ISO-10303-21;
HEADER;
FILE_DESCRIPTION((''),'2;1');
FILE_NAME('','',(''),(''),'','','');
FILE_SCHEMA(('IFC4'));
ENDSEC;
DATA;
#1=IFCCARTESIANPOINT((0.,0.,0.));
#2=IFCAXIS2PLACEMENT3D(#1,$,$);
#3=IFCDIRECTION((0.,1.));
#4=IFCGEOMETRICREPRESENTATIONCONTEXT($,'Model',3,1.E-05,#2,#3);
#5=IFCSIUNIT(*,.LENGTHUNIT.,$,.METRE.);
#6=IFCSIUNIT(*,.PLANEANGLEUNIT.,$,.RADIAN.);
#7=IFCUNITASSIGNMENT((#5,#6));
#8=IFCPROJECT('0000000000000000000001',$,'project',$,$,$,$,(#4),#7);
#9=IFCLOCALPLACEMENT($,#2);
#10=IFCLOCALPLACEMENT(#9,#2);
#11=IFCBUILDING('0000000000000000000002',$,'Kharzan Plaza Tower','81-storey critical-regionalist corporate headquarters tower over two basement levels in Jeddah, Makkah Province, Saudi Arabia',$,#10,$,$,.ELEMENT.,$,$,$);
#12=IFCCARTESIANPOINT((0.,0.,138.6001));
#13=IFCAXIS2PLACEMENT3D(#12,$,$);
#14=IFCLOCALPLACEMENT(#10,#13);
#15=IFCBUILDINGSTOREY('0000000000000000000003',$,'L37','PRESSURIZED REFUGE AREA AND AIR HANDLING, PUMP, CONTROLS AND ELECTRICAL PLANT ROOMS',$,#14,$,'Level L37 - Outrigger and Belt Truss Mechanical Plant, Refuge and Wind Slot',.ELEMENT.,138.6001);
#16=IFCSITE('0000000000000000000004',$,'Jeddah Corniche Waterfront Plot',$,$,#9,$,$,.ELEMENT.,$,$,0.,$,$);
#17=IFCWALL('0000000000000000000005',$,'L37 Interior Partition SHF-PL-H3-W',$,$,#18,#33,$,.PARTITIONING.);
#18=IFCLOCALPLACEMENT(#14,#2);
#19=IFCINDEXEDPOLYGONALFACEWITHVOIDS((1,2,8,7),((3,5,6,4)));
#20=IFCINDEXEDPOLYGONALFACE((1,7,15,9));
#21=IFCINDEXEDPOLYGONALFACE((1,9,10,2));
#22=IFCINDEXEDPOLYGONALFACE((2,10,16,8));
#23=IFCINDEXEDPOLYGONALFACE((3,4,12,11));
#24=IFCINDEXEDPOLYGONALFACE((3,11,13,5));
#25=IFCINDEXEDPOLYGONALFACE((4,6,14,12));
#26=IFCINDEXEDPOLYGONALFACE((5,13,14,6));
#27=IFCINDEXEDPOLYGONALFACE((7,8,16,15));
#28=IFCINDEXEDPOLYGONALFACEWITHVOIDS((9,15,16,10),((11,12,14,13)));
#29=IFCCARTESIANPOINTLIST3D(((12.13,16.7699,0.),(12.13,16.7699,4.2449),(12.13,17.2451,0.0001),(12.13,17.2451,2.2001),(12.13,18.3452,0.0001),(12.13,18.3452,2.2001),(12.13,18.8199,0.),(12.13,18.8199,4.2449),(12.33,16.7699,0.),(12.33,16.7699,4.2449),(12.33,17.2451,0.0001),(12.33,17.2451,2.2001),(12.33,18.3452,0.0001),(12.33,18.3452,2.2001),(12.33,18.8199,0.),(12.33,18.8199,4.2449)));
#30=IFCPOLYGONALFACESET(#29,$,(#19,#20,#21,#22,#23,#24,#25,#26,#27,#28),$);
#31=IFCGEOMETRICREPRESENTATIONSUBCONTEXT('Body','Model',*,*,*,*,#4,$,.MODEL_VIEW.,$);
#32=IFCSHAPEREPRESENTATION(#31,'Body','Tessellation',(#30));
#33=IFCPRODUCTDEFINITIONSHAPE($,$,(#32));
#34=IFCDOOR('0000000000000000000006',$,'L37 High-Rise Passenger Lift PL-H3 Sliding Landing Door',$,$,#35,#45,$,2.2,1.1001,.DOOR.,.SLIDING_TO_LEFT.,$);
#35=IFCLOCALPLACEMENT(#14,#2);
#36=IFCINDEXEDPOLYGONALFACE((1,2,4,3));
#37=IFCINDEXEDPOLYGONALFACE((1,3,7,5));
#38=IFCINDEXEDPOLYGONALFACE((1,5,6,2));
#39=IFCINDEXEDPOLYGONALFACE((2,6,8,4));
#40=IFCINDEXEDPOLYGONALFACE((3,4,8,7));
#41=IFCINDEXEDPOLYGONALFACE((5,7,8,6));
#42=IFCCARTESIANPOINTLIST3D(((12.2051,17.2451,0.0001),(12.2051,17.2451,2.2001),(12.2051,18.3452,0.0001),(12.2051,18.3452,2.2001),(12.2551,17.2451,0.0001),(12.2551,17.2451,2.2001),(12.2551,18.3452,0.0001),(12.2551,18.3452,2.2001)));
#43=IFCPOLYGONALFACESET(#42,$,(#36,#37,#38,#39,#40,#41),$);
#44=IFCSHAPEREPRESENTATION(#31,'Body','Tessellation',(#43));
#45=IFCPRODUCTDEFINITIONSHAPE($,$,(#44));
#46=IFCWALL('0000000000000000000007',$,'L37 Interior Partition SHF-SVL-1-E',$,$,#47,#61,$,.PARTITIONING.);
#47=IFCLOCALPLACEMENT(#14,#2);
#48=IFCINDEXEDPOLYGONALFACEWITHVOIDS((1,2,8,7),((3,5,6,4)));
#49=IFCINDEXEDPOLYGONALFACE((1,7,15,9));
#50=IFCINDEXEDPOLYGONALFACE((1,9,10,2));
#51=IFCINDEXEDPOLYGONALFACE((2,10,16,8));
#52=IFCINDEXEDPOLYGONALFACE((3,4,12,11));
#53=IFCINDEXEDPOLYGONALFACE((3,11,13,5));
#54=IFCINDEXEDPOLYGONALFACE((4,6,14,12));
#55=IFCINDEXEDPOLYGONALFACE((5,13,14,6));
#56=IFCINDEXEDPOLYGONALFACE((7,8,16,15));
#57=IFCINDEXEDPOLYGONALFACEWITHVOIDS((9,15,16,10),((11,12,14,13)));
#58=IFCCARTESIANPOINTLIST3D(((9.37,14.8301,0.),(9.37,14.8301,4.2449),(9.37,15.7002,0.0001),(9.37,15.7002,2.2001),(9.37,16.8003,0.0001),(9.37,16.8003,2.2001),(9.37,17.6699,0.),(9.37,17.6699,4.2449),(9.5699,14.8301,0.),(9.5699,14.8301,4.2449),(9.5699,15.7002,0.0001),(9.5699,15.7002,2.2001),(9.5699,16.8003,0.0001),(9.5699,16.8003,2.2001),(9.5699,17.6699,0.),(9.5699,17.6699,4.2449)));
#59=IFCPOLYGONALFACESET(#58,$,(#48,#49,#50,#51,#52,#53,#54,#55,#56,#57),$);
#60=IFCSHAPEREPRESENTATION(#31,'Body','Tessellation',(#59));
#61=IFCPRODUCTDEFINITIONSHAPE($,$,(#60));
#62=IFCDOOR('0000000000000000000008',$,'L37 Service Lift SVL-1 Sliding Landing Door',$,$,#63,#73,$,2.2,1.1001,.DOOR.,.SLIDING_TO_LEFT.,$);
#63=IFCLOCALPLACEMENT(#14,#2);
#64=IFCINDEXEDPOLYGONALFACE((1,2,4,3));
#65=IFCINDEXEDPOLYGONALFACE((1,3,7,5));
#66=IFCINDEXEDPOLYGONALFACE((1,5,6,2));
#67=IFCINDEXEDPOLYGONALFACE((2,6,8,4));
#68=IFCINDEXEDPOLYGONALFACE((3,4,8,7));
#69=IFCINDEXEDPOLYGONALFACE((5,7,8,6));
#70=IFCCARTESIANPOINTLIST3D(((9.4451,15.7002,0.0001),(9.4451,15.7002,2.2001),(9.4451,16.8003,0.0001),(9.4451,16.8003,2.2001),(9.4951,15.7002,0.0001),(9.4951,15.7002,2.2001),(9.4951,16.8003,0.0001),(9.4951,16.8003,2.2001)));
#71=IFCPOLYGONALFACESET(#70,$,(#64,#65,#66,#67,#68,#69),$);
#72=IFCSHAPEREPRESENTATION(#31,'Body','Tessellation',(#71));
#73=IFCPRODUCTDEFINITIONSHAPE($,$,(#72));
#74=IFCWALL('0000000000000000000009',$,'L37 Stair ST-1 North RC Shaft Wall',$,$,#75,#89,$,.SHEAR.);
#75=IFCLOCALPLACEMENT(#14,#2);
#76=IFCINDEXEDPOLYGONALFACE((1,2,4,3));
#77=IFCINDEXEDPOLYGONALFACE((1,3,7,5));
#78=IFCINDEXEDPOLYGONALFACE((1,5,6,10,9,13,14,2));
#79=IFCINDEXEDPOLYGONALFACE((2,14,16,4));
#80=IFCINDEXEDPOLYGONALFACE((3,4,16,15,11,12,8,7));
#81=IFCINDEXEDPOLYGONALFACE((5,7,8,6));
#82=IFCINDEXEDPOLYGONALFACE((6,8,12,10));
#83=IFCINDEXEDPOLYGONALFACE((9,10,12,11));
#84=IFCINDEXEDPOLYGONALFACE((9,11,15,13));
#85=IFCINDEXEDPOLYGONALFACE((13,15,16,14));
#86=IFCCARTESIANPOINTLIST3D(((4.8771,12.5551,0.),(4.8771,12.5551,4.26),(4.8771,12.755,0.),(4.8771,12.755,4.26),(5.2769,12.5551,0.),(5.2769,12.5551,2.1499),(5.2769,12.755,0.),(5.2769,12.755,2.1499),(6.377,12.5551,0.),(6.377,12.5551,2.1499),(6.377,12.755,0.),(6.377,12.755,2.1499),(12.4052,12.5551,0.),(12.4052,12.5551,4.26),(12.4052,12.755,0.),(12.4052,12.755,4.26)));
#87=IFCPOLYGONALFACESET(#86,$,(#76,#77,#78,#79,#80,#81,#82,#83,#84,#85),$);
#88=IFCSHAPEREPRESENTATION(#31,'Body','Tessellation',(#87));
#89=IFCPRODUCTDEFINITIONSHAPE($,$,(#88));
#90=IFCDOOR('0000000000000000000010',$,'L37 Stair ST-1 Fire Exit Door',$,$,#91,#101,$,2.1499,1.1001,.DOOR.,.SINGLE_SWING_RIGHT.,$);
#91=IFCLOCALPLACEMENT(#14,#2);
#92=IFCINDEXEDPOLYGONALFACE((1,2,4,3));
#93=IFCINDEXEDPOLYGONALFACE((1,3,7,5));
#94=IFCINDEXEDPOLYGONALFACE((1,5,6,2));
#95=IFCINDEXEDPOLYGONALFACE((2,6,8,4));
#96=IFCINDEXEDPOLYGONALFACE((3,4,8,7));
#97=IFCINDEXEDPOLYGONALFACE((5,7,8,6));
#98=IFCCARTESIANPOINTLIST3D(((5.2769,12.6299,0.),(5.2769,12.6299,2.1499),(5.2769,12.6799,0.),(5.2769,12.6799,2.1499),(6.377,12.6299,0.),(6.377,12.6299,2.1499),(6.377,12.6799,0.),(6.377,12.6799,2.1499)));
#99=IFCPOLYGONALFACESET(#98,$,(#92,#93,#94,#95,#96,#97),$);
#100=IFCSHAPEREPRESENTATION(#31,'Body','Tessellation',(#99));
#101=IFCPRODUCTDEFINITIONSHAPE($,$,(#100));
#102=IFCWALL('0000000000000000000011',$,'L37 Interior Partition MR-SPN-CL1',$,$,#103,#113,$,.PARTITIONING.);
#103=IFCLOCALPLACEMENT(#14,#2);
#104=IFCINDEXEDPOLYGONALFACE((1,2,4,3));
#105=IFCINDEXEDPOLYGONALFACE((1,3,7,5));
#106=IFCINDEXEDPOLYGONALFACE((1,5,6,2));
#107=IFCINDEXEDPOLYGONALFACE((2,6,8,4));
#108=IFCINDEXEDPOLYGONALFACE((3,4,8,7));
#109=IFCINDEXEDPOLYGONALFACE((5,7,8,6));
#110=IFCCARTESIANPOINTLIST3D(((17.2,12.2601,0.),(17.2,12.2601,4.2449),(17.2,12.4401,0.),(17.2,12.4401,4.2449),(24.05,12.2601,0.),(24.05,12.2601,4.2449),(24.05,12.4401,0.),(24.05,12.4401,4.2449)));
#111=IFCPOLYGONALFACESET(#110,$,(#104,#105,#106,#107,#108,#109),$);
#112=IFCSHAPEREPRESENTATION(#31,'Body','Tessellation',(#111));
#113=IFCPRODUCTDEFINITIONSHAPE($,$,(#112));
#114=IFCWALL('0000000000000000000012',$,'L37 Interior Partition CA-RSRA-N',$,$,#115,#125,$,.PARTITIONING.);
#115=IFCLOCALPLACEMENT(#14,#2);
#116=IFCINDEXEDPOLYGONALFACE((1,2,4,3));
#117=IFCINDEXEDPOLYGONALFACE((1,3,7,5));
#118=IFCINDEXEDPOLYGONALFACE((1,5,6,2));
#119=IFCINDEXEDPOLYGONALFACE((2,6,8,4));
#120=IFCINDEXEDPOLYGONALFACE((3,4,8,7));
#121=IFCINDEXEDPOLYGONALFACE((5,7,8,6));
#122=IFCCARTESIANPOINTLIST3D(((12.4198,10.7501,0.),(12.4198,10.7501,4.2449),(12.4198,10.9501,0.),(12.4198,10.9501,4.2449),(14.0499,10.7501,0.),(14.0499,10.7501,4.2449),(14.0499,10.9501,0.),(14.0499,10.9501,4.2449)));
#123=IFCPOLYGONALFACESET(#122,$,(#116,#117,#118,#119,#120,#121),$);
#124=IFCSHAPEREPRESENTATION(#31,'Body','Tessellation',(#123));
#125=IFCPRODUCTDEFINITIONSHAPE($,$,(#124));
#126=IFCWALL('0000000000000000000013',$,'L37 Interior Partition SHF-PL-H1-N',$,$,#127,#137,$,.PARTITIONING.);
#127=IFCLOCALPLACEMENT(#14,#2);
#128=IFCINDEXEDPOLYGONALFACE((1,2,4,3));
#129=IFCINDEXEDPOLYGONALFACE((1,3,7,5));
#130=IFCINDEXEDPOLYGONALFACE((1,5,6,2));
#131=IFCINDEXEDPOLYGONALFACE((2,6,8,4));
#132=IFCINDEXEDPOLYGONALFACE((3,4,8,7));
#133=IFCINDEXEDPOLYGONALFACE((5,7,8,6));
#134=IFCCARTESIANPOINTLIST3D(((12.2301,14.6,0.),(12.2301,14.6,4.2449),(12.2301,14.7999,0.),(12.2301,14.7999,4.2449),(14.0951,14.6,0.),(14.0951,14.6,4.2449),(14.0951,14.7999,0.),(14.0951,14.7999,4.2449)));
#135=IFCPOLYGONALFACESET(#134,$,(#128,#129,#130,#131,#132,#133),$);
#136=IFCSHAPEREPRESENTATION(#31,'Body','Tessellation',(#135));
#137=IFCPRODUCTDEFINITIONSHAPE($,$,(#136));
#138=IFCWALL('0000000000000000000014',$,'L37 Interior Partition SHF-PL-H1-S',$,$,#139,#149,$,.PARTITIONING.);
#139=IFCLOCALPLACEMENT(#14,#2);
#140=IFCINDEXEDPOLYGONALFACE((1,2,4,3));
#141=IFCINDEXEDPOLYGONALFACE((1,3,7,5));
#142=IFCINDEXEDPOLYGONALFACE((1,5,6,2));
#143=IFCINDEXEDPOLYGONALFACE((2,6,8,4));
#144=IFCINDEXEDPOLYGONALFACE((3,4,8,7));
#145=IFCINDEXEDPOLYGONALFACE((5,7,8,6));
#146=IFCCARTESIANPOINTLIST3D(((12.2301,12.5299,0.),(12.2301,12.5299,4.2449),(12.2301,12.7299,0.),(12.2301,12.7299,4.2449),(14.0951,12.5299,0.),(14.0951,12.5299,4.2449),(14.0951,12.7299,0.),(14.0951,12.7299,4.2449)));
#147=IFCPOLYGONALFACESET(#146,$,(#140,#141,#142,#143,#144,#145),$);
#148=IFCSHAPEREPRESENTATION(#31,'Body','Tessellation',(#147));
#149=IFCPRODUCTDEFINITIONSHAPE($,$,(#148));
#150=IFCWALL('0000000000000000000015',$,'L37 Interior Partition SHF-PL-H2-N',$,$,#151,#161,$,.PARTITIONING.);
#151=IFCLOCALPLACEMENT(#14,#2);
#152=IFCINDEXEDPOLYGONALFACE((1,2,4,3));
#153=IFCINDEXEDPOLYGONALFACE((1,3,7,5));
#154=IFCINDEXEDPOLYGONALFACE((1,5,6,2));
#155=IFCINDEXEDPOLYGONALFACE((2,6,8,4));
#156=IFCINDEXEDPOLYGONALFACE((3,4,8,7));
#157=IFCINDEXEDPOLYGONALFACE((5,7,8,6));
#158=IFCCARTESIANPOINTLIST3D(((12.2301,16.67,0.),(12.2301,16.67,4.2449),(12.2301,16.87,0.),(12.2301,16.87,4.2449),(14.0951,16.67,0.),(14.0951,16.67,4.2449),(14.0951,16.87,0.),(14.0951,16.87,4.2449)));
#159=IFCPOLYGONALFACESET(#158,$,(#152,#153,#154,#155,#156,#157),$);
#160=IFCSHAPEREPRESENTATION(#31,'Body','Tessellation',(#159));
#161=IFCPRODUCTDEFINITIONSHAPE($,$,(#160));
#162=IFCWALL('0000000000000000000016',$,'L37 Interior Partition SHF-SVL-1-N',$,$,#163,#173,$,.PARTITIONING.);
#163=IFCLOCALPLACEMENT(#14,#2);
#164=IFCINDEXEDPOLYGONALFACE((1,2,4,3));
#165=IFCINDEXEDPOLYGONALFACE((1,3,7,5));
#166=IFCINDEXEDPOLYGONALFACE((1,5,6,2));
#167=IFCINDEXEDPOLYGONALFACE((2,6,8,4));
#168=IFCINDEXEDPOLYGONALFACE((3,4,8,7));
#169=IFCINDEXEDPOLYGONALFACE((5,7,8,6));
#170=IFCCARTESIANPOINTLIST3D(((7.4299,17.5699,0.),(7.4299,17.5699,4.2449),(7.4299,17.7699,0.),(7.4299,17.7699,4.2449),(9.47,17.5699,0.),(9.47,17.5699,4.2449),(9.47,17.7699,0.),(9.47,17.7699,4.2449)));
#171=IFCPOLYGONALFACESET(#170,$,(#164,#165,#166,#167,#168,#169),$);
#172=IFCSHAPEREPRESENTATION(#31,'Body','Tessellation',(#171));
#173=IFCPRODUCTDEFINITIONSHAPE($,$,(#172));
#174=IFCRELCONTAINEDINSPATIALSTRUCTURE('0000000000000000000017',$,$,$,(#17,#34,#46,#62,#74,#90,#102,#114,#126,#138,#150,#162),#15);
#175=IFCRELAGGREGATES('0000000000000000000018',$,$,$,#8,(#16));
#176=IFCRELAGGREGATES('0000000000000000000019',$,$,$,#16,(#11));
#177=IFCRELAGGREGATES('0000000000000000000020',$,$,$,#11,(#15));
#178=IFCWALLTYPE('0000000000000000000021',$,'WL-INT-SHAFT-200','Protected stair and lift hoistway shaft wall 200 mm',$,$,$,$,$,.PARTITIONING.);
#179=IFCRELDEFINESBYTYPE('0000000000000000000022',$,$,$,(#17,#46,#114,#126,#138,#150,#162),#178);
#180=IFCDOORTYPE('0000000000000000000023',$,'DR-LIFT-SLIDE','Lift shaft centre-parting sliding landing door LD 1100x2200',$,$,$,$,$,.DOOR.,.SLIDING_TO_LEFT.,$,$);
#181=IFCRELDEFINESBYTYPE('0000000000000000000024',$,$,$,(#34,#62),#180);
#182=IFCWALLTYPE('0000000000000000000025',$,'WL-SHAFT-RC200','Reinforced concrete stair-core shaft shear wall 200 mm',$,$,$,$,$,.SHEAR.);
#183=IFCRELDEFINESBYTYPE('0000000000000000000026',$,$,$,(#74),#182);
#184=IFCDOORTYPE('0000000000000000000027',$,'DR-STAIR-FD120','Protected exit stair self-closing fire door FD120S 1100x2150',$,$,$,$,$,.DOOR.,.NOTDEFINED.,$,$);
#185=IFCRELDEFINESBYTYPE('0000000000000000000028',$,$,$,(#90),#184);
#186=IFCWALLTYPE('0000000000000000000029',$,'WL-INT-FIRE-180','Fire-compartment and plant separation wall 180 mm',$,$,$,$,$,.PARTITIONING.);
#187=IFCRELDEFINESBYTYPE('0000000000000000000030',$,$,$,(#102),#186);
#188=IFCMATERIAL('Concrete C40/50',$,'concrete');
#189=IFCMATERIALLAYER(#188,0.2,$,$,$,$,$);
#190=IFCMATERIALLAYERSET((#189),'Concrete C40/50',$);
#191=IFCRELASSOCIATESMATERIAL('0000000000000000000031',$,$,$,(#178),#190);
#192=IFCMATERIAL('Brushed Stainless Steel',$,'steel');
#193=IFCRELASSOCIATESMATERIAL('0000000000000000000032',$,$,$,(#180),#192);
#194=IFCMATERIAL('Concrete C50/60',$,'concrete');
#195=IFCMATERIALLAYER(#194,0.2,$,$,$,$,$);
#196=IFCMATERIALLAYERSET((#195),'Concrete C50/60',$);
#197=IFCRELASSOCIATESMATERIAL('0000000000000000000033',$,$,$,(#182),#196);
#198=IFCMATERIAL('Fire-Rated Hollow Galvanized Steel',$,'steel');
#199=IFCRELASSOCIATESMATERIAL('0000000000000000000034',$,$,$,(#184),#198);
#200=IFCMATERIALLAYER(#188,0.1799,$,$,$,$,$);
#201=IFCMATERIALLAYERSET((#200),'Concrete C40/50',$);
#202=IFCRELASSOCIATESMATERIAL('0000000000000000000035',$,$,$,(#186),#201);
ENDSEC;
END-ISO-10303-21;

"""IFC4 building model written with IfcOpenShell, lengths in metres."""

from ifc_helpers import new_model, si_unit, direction, frame, frame_2d, origin, place, context, subcontext, project, spatial, rectangle, extrude, source, transform, mapped, material, layer, layer_set, type_object, element, fill, save


model = new_model("IFC4")

# Units and contexts
model_context = context("Model", 3, precision=1e-05, world=origin(), true_north=direction((0.0, 1.0)))
body_context = subcontext(model_context, "Body", "Model", "MODEL_VIEW")
ifc_project = project(units=[si_unit("LENGTHUNIT", "METRE"), si_unit("PLANEANGLEUNIT", "RADIAN")], contexts=[model_context])

# Site, building, storey
site_placement = place(None, origin())
site = spatial("IfcSite", under=ifc_project, at=site_placement, Name="Jeddah Corniche Waterfront Plot", CompositionType="ELEMENT", RefElevation=0.0)
building_placement = place(site_placement, origin())
building = spatial("IfcBuilding", under=site, at=building_placement, Name="Kharzan Plaza Tower", Description="81-storey critical-regionalist corporate headquarters tower over two basement levels in Jeddah, Makkah Province, Saudi Arabia", CompositionType="ELEMENT")
storey_placement = place(building_placement, frame((0.0, 0.0, 138.6001)))
storey = spatial("IfcBuildingStorey", under=building, at=storey_placement, Name="L37", Description="PRESSURIZED REFUGE AREA AND AIR HANDLING, PUMP, CONTROLS AND ELECTRICAL PLANT ROOMS", LongName="Level L37 - Outrigger and Belt Truss Mechanical Plant, Refuge and Wind Slot", CompositionType="ELEMENT", Elevation=138.6001)

# Walls, openings, doors
ifc_material_1 = material(Name="Concrete C40/50", Category="concrete")
ifc_layer_1 = layer(ifc_material_1, 0.2)
ifc_layer_set_1 = layer_set([ifc_layer_1], Name="Concrete C40/50")
wall_type_1 = type_object("IfcWallType", Name="WL-INT-SHAFT-200", Description="Protected stair and lift hoistway shaft wall 200 mm", PredefinedType="PARTITIONING", material=ifc_layer_set_1)
ifc_material_2 = material(Name="Brushed Stainless Steel", Category="steel")
door_type_1 = type_object("IfcDoorType", Name="DR-LIFT-SLIDE", Description="Lift shaft centre-parting sliding landing door LD 1100x2200", OperationType="SLIDING_TO_LEFT", PredefinedType="DOOR", material=ifc_material_2)
shared_shape_1 = source(origin(), body_context, "Body", "SweptSolid", [
    extrude(rectangle(XDim=1.1001, YDim=2.2, at=frame_2d((0.55, 1.1001))), frame((0.0, 0.0249, 0.0), z_axis=(0.0, -1.0, 0.0), x_axis=(1.0, 0.0, 0.0)), (0.0, 0.0, 1.0), 0.05),
])
wall_1_placement = place(storey_placement, frame((12.23, 16.77, 0.0), z_axis=(0.0, 0.0, 1.0), x_axis=(0.0, 1.0, 0.0)))
wall_1 = element("IfcWall", 1, at=wall_1_placement, inside=storey, type_object=wall_type_1, Name="L37 Interior Partition SHF-PL-H3-W", PredefinedType="PARTITIONING", context=body_context, shape_type="SweptSolid", body=[
    extrude(rectangle(XDim=2.05, YDim=0.2, at=frame_2d((1.0249, 0.0))), origin(), (0.0, 0.0, 1.0), 4.2449),
])
opening_1_placement = place(wall_1_placement, frame((0.4751, 0.0, 0.0)))
opening_1 = element("IfcOpeningElement", 2, at=opening_1_placement, cuts=wall_1, PredefinedType="OPENING", context=body_context, shape_type="SweptSolid", body=[
    extrude(rectangle(XDim=1.1001, YDim=2.2, at=frame_2d((0.55, 1.1001))), frame((0.0, 0.1099, 0.0), z_axis=(0.0, -1.0, 0.0), x_axis=(1.0, 0.0, 0.0)), (0.0, 0.0, 1.0), 0.22),
])
door_1_placement = place(opening_1_placement, origin())
door_1 = element("IfcDoor", 3, at=door_1_placement, inside=storey, type_object=door_type_1, Name="L37 High-Rise Passenger Lift PL-H3 Sliding Landing Door", OperationType="SLIDING_TO_LEFT", OverallHeight=2.2, OverallWidth=1.1001, PredefinedType="DOOR", context=body_context, shape_type="MappedRepresentation", body=[
    mapped(shared_shape_1, transform((0.0, 0.0, 0.0), x_axis=(1.0, 0.0, 0.0), y_axis=(0.0, 1.0, 0.0), z_axis=(0.0, 0.0, 1.0))),
])
fill(opening_1, door_1)
wall_2_placement = place(storey_placement, frame((9.47, 14.8301, 0.0), z_axis=(0.0, 0.0, 1.0), x_axis=(0.0, 1.0, 0.0)))
wall_2 = element("IfcWall", 4, at=wall_2_placement, inside=storey, type_object=wall_type_1, Name="L37 Interior Partition SHF-SVL-1-E", PredefinedType="PARTITIONING", context=body_context, shape_type="SweptSolid", body=[
    extrude(rectangle(XDim=2.8398, YDim=0.2, at=frame_2d((1.4199, 0.0))), origin(), (0.0, 0.0, 1.0), 4.2449),
])
opening_2_placement = place(wall_2_placement, frame((0.8701, 0.0, 0.0)))
opening_2 = element("IfcOpeningElement", 5, at=opening_2_placement, cuts=wall_2, PredefinedType="OPENING", context=body_context, shape_type="SweptSolid", body=[
    extrude(rectangle(XDim=1.1001, YDim=2.2, at=frame_2d((0.55, 1.1001))), frame((0.0, 0.1099, 0.0), z_axis=(0.0, -1.0, 0.0), x_axis=(1.0, 0.0, 0.0)), (0.0, 0.0, 1.0), 0.22),
])
door_2_placement = place(opening_2_placement, origin())
door_2 = element("IfcDoor", 6, at=door_2_placement, inside=storey, type_object=door_type_1, Name="L37 Service Lift SVL-1 Sliding Landing Door", OperationType="SLIDING_TO_LEFT", OverallHeight=2.2, OverallWidth=1.1001, PredefinedType="DOOR", context=body_context, shape_type="MappedRepresentation", body=[
    mapped(shared_shape_1, transform((0.0, 0.0, 0.0), x_axis=(1.0, 0.0, 0.0), y_axis=(0.0, 1.0, 0.0), z_axis=(0.0, 0.0, 1.0))),
])
fill(opening_2, door_2)
ifc_material_3 = material(Name="Concrete C50/60", Category="concrete")
ifc_layer_2 = layer(ifc_material_3, 0.2)
ifc_layer_set_2 = layer_set([ifc_layer_2], Name="Concrete C50/60")
wall_type_2 = type_object("IfcWallType", Name="WL-SHAFT-RC200", Description="Reinforced concrete stair-core shaft shear wall 200 mm", PredefinedType="SHEAR", material=ifc_layer_set_2)
wall_3_placement = place(storey_placement, frame((4.877, 12.655, 0.0), z_axis=(0.0, 0.0, 1.0), x_axis=(1.0, 0.0, 0.0)))
wall_3 = element("IfcWall", 7, at=wall_3_placement, inside=storey, type_object=wall_type_2, Name="L37 Stair ST-1 North RC Shaft Wall", PredefinedType="SHEAR", context=body_context, shape_type="SweptSolid", body=[
    extrude(rectangle(XDim=7.5281, YDim=0.2, at=frame_2d((3.7642, 0.0))), origin(), (0.0, 0.0, 1.0), 4.26),
])
opening_3_placement = place(wall_3_placement, frame((0.3999, 0.0, 0.0)))
opening_3 = element("IfcOpeningElement", 8, at=opening_3_placement, cuts=wall_3, PredefinedType="OPENING", context=body_context, shape_type="SweptSolid", body=[
    extrude(rectangle(XDim=1.1001, YDim=2.1499, at=frame_2d((0.55, 1.075))), frame((0.0, 0.1099, 0.0), z_axis=(0.0, -1.0, 0.0), x_axis=(1.0, 0.0, 0.0)), (0.0, 0.0, 1.0), 0.22),
])
ifc_material_4 = material(Name="Fire-Rated Hollow Galvanized Steel", Category="steel")
door_type_2 = type_object("IfcDoorType", Name="DR-STAIR-FD120", Description="Protected exit stair self-closing fire door FD120S 1100x2150", OperationType="NOTDEFINED", PredefinedType="DOOR", material=ifc_material_4)
shared_shape_2 = source(origin(), body_context, "Body", "SweptSolid", [
    extrude(rectangle(XDim=1.1001, YDim=2.1499, at=frame_2d((0.55, 1.075))), frame((0.0, 0.0249, 0.0), z_axis=(0.0, -1.0, 0.0), x_axis=(1.0, 0.0, 0.0)), (0.0, 0.0, 1.0), 0.05),
])
door_3_placement = place(opening_3_placement, origin())
door_3 = element("IfcDoor", 9, at=door_3_placement, inside=storey, type_object=door_type_2, Name="L37 Stair ST-1 Fire Exit Door", OperationType="SINGLE_SWING_RIGHT", OverallHeight=2.1499, OverallWidth=1.1001, PredefinedType="DOOR", context=body_context, shape_type="MappedRepresentation", body=[
    mapped(shared_shape_2, transform((0.0, 0.0, 0.0), x_axis=(1.0, 0.0, 0.0), y_axis=(0.0, 1.0, 0.0), z_axis=(0.0, 0.0, 1.0))),
])
fill(opening_3, door_3)

# Walls
ifc_layer_3 = layer(ifc_material_1, 0.1799)
ifc_layer_set_3 = layer_set([ifc_layer_3], Name="Concrete C40/50")
wall_type_3 = type_object("IfcWallType", Name="WL-INT-FIRE-180", Description="Fire-compartment and plant separation wall 180 mm", PredefinedType="PARTITIONING", material=ifc_layer_set_3)
shared_shape_3 = source(origin(), body_context, "Body", "SweptSolid", [
    extrude(rectangle(XDim=6.8501, YDim=0.1799, at=frame_2d((3.425, 0.0))), origin(), (0.0, 0.0, 1.0), 4.2449),
])
wall_4_placement = place(storey_placement, frame((17.2, 12.3501, 0.0), z_axis=(0.0, 0.0, 1.0), x_axis=(1.0, 0.0, 0.0)))
element("IfcWall", 10, at=wall_4_placement, inside=storey, type_object=wall_type_3, Name="L37 Interior Partition MR-SPN-CL1", PredefinedType="PARTITIONING", context=body_context, shape_type="MappedRepresentation", body=[
    mapped(shared_shape_3, transform((0.0, 0.0, 0.0), x_axis=(1.0, 0.0, 0.0), y_axis=(0.0, 1.0, 0.0), z_axis=(0.0, 0.0, 1.0))),
])
shared_shape_4 = source(origin(), body_context, "Body", "SweptSolid", [
    extrude(rectangle(XDim=1.6301, YDim=0.2, at=frame_2d((0.8149, 0.0))), origin(), (0.0, 0.0, 1.0), 4.2449),
])
wall_5_placement = place(storey_placement, frame((12.4199, 10.8501, 0.0), z_axis=(0.0, 0.0, 1.0), x_axis=(1.0, 0.0, 0.0)))
element("IfcWall", 11, at=wall_5_placement, inside=storey, type_object=wall_type_1, Name="L37 Interior Partition CA-RSRA-N", PredefinedType="PARTITIONING", context=body_context, shape_type="MappedRepresentation", body=[
    mapped(shared_shape_4, transform((0.0, 0.0, 0.0), x_axis=(1.0, 0.0, 0.0), y_axis=(0.0, 1.0, 0.0), z_axis=(0.0, 0.0, 1.0))),
])
shared_shape_5 = source(origin(), body_context, "Body", "SweptSolid", [
    extrude(rectangle(XDim=1.865, YDim=0.2, at=frame_2d((0.9326, 0.0))), origin(), (0.0, 0.0, 1.0), 4.2449),
])
for number, where, z_axis, x_axis, name in (
    (12, (12.23, 14.7, 0.0), (0.0, 0.0, 1.0), (1.0, 0.0, 0.0), "L37 Interior Partition SHF-PL-H1-N"),
    (13, (12.23, 12.6299, 0.0), (0.0, 0.0, 1.0), (1.0, 0.0, 0.0), "L37 Interior Partition SHF-PL-H1-S"),
    (14, (12.23, 16.77, 0.0), (0.0, 0.0, 1.0), (1.0, 0.0, 0.0), "L37 Interior Partition SHF-PL-H2-N"),
):
    element("IfcWall", number, at=place(storey_placement, frame(where, z_axis=z_axis, x_axis=x_axis)), inside=storey, type_object=wall_type_1, Name=name, PredefinedType="PARTITIONING", context=body_context, shape_type="MappedRepresentation", body=[
        mapped(shared_shape_5, transform((0.0, 0.0, 0.0), x_axis=(1.0, 0.0, 0.0), y_axis=(0.0, 1.0, 0.0), z_axis=(0.0, 0.0, 1.0))),
    ])
shared_shape_6 = source(origin(), body_context, "Body", "SweptSolid", [
    extrude(rectangle(XDim=2.04, YDim=0.2, at=frame_2d((1.02, 0.0))), origin(), (0.0, 0.0, 1.0), 4.2449),
])
for number, where, z_axis, x_axis, name in (
    (15, (7.4299, 17.6699, 0.0), (0.0, 0.0, 1.0), (1.0, 0.0, 0.0), "L37 Interior Partition SHF-SVL-1-N"),
):
    element("IfcWall", number, at=place(storey_placement, frame(where, z_axis=z_axis, x_axis=x_axis)), inside=storey, type_object=wall_type_1, Name=name, PredefinedType="PARTITIONING", context=body_context, shape_type="MappedRepresentation", body=[
        mapped(shared_shape_6, transform((0.0, 0.0, 0.0), x_axis=(1.0, 0.0, 0.0), y_axis=(0.0, 1.0, 0.0), z_axis=(0.0, 0.0, 1.0))),
    ])

save(model, "model.ifc")
